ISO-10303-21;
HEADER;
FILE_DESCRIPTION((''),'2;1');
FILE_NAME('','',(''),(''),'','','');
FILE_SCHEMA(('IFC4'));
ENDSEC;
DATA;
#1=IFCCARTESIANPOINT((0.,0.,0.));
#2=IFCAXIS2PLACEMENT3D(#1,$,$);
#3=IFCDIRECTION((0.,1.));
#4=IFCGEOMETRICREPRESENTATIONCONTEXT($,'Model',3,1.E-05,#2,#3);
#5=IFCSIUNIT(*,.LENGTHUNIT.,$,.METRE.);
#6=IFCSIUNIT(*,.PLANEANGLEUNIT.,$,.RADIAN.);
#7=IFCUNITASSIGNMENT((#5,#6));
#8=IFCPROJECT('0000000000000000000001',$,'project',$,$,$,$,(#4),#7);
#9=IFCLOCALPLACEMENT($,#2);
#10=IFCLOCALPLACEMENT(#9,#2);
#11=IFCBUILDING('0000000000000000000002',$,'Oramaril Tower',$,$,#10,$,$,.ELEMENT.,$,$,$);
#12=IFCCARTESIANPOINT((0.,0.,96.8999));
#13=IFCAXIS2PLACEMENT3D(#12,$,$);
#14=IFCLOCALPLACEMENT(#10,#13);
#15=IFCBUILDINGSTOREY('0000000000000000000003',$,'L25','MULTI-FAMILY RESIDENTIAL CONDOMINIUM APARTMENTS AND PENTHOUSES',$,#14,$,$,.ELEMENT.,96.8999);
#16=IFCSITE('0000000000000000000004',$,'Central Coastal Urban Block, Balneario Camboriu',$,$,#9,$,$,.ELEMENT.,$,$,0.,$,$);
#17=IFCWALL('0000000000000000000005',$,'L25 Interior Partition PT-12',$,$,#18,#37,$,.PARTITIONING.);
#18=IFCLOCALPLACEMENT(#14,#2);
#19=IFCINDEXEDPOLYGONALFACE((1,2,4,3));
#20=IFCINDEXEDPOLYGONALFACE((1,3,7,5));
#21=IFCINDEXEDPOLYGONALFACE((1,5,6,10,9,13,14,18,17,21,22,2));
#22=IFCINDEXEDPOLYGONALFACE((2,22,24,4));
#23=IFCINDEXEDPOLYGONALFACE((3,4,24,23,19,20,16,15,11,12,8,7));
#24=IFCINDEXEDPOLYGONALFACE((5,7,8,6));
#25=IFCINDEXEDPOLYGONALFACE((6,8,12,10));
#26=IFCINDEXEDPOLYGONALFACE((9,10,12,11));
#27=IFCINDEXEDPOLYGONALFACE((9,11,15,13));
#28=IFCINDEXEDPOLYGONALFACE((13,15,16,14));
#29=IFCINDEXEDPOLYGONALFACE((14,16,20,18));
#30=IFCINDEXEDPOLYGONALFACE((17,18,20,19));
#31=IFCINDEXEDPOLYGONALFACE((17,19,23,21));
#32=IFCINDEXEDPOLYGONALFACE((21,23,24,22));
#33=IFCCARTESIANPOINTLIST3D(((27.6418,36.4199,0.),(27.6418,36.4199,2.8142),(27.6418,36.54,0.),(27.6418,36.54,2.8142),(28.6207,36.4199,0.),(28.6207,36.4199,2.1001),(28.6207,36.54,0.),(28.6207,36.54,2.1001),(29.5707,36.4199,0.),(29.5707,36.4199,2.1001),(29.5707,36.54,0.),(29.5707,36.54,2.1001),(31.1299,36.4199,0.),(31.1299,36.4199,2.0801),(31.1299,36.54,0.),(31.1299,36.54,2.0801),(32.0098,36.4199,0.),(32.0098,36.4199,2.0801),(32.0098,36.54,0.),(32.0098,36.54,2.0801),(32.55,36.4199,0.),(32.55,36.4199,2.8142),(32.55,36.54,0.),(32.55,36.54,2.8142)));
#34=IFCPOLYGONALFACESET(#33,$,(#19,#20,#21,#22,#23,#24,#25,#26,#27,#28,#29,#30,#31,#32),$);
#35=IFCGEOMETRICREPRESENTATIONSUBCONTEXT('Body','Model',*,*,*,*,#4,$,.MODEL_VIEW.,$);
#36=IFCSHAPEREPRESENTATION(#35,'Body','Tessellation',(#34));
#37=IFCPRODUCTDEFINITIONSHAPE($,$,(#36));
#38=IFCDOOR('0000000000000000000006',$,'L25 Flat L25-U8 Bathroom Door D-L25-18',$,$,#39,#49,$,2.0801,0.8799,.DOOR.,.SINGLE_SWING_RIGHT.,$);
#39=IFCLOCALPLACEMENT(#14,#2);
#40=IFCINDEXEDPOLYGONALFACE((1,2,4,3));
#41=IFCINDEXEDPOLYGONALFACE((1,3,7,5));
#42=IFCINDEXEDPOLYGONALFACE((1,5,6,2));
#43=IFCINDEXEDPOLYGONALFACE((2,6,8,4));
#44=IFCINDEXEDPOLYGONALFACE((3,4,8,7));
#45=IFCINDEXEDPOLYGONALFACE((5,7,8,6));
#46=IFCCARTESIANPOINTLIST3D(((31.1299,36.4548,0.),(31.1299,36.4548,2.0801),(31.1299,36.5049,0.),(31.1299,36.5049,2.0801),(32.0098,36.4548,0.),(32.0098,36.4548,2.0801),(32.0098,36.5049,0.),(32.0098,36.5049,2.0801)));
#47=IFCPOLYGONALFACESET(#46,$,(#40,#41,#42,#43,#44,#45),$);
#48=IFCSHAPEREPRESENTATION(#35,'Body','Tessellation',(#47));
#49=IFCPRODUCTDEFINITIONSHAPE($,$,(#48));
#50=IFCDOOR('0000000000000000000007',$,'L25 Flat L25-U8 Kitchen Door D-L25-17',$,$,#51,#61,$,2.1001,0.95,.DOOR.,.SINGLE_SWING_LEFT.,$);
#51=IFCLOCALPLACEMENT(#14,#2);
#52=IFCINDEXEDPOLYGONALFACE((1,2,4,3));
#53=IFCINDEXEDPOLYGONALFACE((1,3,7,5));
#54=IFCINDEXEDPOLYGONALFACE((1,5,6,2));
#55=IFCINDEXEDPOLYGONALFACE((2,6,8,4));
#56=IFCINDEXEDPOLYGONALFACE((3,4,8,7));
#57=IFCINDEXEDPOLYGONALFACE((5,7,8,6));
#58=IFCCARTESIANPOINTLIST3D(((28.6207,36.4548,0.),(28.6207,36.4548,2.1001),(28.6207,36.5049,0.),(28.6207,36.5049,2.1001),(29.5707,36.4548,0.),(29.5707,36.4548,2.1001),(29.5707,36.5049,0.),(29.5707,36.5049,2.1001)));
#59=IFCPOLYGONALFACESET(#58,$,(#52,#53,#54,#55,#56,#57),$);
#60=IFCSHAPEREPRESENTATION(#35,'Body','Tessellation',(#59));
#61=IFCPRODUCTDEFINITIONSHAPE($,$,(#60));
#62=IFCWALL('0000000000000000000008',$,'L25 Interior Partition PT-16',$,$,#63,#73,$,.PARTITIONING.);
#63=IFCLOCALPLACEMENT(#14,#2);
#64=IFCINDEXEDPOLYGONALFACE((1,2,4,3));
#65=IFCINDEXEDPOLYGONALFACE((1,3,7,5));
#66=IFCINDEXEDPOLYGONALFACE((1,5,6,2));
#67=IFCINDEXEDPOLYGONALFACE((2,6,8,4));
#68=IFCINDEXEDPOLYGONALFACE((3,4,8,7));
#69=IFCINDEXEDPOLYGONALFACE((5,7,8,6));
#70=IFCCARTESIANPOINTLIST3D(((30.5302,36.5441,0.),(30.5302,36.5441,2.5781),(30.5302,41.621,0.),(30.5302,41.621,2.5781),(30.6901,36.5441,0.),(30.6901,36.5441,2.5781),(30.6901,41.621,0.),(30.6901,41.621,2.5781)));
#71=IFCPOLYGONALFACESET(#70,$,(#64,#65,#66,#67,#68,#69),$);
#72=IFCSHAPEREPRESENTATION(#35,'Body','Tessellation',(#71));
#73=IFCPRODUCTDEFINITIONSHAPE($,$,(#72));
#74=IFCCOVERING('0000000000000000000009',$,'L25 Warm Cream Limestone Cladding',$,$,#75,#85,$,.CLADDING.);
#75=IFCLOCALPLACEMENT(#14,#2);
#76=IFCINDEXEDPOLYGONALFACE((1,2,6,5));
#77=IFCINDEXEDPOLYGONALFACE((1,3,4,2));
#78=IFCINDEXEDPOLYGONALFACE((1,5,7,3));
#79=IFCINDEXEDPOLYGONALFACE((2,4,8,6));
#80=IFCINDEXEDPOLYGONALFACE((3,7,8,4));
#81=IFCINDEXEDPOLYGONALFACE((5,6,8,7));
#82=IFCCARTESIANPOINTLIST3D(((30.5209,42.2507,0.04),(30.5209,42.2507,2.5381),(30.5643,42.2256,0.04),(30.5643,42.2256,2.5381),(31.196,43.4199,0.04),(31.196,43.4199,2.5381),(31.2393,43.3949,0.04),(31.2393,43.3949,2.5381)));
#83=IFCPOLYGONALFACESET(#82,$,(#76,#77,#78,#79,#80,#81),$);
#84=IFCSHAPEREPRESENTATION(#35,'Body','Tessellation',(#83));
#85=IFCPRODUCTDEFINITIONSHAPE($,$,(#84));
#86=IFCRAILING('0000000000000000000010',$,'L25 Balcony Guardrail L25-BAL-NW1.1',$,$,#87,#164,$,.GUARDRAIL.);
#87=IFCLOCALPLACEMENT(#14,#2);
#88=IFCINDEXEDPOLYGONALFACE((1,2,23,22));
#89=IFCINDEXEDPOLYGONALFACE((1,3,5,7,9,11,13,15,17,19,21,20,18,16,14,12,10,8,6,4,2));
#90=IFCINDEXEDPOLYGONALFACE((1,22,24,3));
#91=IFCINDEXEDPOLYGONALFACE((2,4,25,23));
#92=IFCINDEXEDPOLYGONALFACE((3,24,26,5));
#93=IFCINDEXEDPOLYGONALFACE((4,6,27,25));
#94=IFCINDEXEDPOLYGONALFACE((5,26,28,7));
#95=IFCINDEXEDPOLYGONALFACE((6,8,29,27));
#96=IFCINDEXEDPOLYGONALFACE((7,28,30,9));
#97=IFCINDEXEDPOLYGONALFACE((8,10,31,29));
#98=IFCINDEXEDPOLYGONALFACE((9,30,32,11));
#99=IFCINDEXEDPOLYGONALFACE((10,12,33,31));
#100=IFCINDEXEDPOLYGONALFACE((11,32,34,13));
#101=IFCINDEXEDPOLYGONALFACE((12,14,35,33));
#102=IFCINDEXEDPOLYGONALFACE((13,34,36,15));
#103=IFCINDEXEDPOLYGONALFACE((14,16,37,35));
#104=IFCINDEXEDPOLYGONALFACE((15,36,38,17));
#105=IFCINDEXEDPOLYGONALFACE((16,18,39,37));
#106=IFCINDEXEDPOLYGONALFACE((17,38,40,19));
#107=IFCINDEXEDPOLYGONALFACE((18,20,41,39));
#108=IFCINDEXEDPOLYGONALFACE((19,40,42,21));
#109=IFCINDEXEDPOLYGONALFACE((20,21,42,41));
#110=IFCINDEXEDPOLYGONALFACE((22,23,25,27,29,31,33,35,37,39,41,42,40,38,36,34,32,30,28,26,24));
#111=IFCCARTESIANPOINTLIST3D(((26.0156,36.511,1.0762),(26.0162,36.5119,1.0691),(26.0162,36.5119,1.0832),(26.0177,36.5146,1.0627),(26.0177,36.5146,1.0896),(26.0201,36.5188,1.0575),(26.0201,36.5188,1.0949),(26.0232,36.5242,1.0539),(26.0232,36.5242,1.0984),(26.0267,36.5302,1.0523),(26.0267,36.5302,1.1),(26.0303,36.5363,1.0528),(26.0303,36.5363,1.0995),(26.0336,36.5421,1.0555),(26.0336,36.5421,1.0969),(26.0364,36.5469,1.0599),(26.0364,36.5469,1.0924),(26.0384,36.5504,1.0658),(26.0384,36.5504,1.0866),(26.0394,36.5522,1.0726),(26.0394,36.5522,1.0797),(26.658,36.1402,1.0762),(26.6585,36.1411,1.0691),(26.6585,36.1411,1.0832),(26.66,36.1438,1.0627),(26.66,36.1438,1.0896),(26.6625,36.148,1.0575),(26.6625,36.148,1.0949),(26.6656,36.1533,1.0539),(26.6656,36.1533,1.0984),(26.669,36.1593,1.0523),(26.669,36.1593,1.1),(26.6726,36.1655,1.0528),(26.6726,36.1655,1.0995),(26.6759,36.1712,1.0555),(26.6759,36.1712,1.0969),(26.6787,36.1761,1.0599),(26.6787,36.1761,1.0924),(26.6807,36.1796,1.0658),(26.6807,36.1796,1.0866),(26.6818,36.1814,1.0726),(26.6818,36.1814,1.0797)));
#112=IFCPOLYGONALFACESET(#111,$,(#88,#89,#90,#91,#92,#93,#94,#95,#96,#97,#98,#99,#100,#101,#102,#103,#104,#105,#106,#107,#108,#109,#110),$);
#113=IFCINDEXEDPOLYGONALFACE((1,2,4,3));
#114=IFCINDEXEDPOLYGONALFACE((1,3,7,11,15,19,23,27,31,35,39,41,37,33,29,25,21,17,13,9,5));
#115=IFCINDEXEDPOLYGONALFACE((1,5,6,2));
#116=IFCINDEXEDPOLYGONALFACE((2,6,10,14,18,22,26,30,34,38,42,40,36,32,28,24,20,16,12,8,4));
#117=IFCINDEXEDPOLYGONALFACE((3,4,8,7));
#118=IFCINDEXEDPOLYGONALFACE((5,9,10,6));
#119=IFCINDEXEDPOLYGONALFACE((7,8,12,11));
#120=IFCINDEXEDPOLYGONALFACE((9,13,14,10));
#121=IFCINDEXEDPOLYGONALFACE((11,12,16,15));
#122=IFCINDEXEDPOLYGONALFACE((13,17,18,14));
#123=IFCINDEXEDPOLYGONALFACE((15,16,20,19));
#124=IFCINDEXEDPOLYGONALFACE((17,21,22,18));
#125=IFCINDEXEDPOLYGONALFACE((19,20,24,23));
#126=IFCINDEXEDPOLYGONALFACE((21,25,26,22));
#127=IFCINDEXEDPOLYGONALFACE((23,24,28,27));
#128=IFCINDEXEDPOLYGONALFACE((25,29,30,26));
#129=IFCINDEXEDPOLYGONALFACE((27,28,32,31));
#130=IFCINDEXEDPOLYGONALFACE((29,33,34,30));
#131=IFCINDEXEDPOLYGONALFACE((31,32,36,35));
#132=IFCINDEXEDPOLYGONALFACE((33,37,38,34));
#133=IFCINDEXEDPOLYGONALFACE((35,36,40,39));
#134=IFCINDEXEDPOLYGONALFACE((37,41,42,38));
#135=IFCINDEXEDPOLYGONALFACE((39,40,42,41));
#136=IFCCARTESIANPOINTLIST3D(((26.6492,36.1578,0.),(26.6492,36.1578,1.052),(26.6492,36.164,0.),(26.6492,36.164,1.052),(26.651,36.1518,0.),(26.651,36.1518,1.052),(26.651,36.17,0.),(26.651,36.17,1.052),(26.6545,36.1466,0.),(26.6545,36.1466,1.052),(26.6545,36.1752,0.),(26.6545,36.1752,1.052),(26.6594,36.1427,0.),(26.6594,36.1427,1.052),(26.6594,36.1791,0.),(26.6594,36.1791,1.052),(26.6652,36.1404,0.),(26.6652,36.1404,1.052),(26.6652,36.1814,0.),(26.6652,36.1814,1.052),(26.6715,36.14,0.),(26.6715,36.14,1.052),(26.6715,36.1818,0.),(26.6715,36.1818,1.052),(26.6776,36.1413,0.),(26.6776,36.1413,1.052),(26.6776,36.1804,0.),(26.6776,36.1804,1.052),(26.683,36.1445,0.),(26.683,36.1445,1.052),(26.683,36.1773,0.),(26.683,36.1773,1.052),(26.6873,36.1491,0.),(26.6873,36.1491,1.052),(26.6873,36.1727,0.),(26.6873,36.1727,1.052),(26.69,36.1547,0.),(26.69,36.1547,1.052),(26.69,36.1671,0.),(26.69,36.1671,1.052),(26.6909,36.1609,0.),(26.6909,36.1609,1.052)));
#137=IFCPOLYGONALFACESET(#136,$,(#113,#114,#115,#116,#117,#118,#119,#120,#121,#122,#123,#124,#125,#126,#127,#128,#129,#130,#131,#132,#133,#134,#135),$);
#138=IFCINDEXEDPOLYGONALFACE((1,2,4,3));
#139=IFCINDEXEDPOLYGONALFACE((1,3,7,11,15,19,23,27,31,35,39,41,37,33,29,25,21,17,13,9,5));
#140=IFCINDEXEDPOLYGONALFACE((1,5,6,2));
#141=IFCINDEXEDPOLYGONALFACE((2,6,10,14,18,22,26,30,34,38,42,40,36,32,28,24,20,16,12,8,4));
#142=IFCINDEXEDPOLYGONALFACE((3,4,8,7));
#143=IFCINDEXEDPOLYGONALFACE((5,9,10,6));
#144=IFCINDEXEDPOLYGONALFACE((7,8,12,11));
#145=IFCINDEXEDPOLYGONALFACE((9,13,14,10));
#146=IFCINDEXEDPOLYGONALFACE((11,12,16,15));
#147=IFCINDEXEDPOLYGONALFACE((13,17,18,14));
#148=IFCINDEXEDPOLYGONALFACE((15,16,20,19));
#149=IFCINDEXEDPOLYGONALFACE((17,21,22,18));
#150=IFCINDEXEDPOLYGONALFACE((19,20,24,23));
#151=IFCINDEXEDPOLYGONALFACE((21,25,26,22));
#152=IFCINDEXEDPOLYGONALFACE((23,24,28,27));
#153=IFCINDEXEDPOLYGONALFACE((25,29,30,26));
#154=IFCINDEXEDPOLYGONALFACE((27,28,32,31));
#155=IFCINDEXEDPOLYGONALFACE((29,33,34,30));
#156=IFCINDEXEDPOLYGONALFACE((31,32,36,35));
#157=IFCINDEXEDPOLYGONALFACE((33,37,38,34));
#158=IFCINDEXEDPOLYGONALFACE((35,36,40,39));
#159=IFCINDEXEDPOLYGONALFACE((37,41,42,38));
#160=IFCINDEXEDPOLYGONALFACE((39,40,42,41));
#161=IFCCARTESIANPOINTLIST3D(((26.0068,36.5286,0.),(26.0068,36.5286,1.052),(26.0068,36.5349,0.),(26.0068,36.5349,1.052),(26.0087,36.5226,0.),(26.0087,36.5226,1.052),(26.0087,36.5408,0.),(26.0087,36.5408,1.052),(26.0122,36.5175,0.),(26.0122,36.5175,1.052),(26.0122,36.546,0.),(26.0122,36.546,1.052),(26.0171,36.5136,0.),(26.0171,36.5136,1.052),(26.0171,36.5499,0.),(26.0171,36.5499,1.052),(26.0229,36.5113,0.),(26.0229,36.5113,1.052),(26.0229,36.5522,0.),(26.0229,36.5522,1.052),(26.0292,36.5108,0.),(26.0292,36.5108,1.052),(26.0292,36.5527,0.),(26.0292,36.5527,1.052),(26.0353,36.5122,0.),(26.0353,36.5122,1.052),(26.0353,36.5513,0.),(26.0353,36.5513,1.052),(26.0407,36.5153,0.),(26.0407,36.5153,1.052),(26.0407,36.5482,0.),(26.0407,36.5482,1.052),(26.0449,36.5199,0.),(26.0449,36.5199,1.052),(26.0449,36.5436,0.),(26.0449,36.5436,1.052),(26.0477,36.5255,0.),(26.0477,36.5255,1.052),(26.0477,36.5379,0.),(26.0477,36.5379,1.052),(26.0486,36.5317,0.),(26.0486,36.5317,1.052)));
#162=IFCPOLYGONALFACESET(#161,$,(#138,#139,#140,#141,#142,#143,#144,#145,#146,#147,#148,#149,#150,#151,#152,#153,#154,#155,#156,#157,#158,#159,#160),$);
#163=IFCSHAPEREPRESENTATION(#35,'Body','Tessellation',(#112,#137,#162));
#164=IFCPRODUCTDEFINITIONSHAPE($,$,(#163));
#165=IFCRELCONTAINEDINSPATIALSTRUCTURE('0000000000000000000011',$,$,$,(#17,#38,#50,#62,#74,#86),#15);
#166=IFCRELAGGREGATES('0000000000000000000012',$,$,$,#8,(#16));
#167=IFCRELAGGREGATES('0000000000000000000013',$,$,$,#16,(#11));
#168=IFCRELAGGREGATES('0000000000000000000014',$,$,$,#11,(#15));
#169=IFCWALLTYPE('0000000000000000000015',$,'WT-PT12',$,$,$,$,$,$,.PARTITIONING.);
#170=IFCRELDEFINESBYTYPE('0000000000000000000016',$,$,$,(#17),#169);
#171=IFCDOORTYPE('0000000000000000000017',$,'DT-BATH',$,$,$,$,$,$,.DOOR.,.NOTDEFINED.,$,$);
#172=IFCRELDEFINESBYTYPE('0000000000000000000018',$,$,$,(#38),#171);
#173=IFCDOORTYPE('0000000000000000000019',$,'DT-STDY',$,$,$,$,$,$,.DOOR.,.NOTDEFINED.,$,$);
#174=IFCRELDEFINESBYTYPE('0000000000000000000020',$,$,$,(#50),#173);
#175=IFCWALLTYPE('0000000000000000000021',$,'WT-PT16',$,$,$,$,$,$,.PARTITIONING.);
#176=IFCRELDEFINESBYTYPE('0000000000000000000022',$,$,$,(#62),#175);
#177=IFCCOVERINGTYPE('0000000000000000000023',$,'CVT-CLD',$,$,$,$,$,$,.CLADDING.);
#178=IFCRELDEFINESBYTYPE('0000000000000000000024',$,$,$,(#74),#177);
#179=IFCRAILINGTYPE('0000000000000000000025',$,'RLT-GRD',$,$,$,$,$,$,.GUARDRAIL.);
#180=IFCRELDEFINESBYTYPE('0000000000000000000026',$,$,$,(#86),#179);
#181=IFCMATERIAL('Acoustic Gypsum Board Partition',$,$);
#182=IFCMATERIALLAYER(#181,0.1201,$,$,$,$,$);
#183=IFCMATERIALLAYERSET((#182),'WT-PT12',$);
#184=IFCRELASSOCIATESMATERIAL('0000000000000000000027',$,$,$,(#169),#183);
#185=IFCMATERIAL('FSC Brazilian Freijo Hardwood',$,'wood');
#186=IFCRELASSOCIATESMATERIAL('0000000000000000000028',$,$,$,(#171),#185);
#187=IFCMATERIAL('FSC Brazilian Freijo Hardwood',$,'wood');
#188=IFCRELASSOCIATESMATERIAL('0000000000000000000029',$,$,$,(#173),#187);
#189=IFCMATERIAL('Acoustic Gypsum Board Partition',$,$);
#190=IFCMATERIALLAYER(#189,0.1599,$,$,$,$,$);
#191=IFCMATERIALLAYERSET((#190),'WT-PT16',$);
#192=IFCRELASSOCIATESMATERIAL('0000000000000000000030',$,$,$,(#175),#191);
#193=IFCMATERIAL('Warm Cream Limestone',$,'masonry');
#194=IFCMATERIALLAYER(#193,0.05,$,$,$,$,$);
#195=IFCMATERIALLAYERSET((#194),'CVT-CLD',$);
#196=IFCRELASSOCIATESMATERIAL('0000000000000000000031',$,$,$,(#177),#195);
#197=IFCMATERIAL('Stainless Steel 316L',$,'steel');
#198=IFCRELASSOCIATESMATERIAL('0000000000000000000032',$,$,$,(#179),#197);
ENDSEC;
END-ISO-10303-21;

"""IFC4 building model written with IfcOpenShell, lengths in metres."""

from ifc_helpers import new_model, si_unit, direction, frame, frame_2d, origin, origin_2d, place, context, subcontext, project, spatial, rectangle, circle, extrude, material, layer, layer_set, type_object, element, fill, save


model = new_model("IFC4")

# Units and contexts
model_context = context("Model", 3, precision=1e-05, world=origin(), true_north=direction((0.0, 1.0)))
body_context = subcontext(model_context, "Body", "Model", "MODEL_VIEW")
ifc_project = project(units=[si_unit("LENGTHUNIT", "METRE"), si_unit("PLANEANGLEUNIT", "RADIAN")], contexts=[model_context])

# Site, building, storey
site_placement = place(None, origin())
site = spatial("IfcSite", under=ifc_project, at=site_placement, Name="Central Coastal Urban Block, Balneario Camboriu", CompositionType="ELEMENT", RefElevation=0.0)
building_placement = place(site_placement, origin())
building = spatial("IfcBuilding", under=site, at=building_placement, Name="Oramaril Tower", CompositionType="ELEMENT")
storey_placement = place(building_placement, frame((0.0, 0.0, 96.8999)))
storey = spatial("IfcBuildingStorey", under=building, at=storey_placement, Name="L25", Description="MULTI-FAMILY RESIDENTIAL CONDOMINIUM APARTMENTS AND PENTHOUSES", CompositionType="ELEMENT", Elevation=96.8999)

# Wall, openings, doors
ifc_material_1 = material(Name="Acoustic Gypsum Board Partition")
ifc_layer_1 = layer(ifc_material_1, 0.1201)
ifc_layer_set_1 = layer_set([ifc_layer_1], Name="WT-PT12")
wall_type_1 = type_object("IfcWallType", Name="WT-PT12", PredefinedType="PARTITIONING", material=ifc_layer_set_1)
wall_1_placement = place(storey_placement, frame((27.6418, 36.48, 0.0), z_axis=(0.0, 0.0, 1.0), x_axis=(1.0, 0.0, 0.0)))
wall_1 = element("IfcWall", 1, at=wall_1_placement, inside=storey, type_object=wall_type_1, Name="L25 Interior Partition PT-12", PredefinedType="PARTITIONING", context=body_context, shape_type="SweptSolid", body=[
    extrude(rectangle(XDim=4.9082, YDim=0.1201, at=frame_2d((2.4541, 0.0))), origin(), (0.0, 0.0, 1.0), 2.8142),
])
opening_1_placement = place(wall_1_placement, frame((0.9788, 0.0, 0.0)))
opening_1 = element("IfcOpeningElement", 2, at=opening_1_placement, cuts=wall_1, PredefinedType="OPENING", context=body_context, shape_type="SweptSolid", body=[
    extrude(rectangle(XDim=0.95, YDim=2.1001, at=frame_2d((0.4751, 1.05))), frame((0.0, 0.0601, 0.0), z_axis=(0.0, -1.0, 0.0), x_axis=(1.0, 0.0, 0.0)), (0.0, 0.0, 1.0), 0.1201),
])
opening_2_placement = place(wall_1_placement, frame((3.488, 0.0, 0.0)))
opening_2 = element("IfcOpeningElement", 3, at=opening_2_placement, cuts=wall_1, PredefinedType="OPENING", context=body_context, shape_type="SweptSolid", body=[
    extrude(rectangle(XDim=0.8799, YDim=2.0801, at=frame_2d((0.4399, 1.04))), frame((0.0, 0.0601, 0.0), z_axis=(0.0, -1.0, 0.0), x_axis=(1.0, 0.0, 0.0)), (0.0, 0.0, 1.0), 0.1201),
])
ifc_material_2 = material(Name="FSC Brazilian Freijo Hardwood", Category="wood")
door_type_1 = type_object("IfcDoorType", Name="DT-BATH", OperationType="NOTDEFINED", PredefinedType="DOOR", material=ifc_material_2)
door_1_placement = place(opening_2_placement, origin())
door_1 = element("IfcDoor", 4, at=door_1_placement, inside=storey, type_object=door_type_1, Name="L25 Flat L25-U8 Bathroom Door D-L25-18", OperationType="SINGLE_SWING_RIGHT", OverallHeight=2.0801, OverallWidth=0.8799, PredefinedType="DOOR", context=body_context, shape_type="SweptSolid", body=[
    extrude(rectangle(XDim=0.8799, YDim=2.0801, at=frame_2d((0.4399, 1.04))), frame((0.0, 0.0249, 0.0), z_axis=(0.0, -1.0, 0.0), x_axis=(1.0, 0.0, 0.0)), (0.0, 0.0, 1.0), 0.05),
])
fill(opening_2, door_1)
ifc_material_3 = material(Name="FSC Brazilian Freijo Hardwood", Category="wood")
door_type_2 = type_object("IfcDoorType", Name="DT-STDY", OperationType="NOTDEFINED", PredefinedType="DOOR", material=ifc_material_3)
door_2_placement = place(opening_1_placement, origin())
door_2 = element("IfcDoor", 5, at=door_2_placement, inside=storey, type_object=door_type_2, Name="L25 Flat L25-U8 Kitchen Door D-L25-17", OperationType="SINGLE_SWING_LEFT", OverallHeight=2.1001, OverallWidth=0.95, PredefinedType="DOOR", context=body_context, shape_type="SweptSolid", body=[
    extrude(rectangle(XDim=0.95, YDim=2.1001, at=frame_2d((0.4751, 1.05))), frame((0.0, 0.0249, 0.0), z_axis=(0.0, -1.0, 0.0), x_axis=(1.0, 0.0, 0.0)), (0.0, 0.0, 1.0), 0.05),
])
fill(opening_1, door_2)

# Wall
ifc_material_4 = material(Name="Acoustic Gypsum Board Partition")
ifc_layer_2 = layer(ifc_material_4, 0.1599)
ifc_layer_set_2 = layer_set([ifc_layer_2], Name="WT-PT16")
wall_type_2 = type_object("IfcWallType", Name="WT-PT16", PredefinedType="PARTITIONING", material=ifc_layer_set_2)
wall_2_placement = place(storey_placement, frame((30.6101, 36.5439, 0.0), z_axis=(0.0, 0.0, 1.0), x_axis=(0.0, 1.0, 0.0)))
element("IfcWall", 6, at=wall_2_placement, inside=storey, type_object=wall_type_2, Name="L25 Interior Partition PT-16", PredefinedType="PARTITIONING", context=body_context, shape_type="SweptSolid", body=[
    extrude(rectangle(XDim=5.0769, YDim=0.1599, at=frame_2d((2.5386, 0.0))), origin(), (0.0, 0.0, 1.0), 2.5781),
])

# Covering
ifc_material_5 = material(Name="Warm Cream Limestone", Category="masonry")
ifc_layer_3 = layer(ifc_material_5, 0.05)
ifc_layer_set_3 = layer_set([ifc_layer_3], Name="CVT-CLD")
covering_type = type_object("IfcCoveringType", Name="CVT-CLD", PredefinedType="CLADDING", material=ifc_layer_set_3)
covering_placement = place(storey_placement, frame((30.8801, 42.8228, 0.04), z_axis=(0.0, 0.0, 1.0), x_axis=(-0.5, -0.866025, 0.0)))
element("IfcCovering", 7, at=covering_placement, inside=storey, type_object=covering_type, Name="L25 Warm Cream Limestone Cladding", PredefinedType="CLADDING", context=body_context, shape_type="SweptSolid", body=[
    extrude(rectangle(XDim=1.3501, YDim=0.05, at=origin_2d()), origin(), (0.0, 0.0, 1.0), 2.498),
])

# Railing
ifc_material_6 = material(Name="Stainless Steel 316L", Category="steel")
railing_type = type_object("IfcRailingType", Name="RLT-GRD", PredefinedType="GUARDRAIL", material=ifc_material_6)
railing_1_placement = place(storey_placement, frame((26.6699, 36.1609, 0.0)))
element("IfcRailing", 8, at=railing_1_placement, inside=storey, type_object=railing_type, Name="L25 Balcony Guardrail L25-BAL-NW1.1", PredefinedType="GUARDRAIL", context=body_context, shape_type="SweptSolid", body=[
    extrude(circle(Radius=0.0239, at=origin_2d()), frame((0.0, 0.0, 1.0762), z_axis=(-0.866027, 0.499998, 0.0), x_axis=(-0.499998, -0.866027, 0.0)), (0.0, 0.0, 1.0), 0.7417),
    extrude(circle(Radius=0.021, at=origin_2d()), origin(), (0.0, 0.0, 1.0), 1.052),
    extrude(circle(Radius=0.021, at=origin_2d()), frame((-0.6423, 0.3708, 0.0)), (0.0, 0.0, 1.0), 1.052),
])

save(model, "model.ifc")
